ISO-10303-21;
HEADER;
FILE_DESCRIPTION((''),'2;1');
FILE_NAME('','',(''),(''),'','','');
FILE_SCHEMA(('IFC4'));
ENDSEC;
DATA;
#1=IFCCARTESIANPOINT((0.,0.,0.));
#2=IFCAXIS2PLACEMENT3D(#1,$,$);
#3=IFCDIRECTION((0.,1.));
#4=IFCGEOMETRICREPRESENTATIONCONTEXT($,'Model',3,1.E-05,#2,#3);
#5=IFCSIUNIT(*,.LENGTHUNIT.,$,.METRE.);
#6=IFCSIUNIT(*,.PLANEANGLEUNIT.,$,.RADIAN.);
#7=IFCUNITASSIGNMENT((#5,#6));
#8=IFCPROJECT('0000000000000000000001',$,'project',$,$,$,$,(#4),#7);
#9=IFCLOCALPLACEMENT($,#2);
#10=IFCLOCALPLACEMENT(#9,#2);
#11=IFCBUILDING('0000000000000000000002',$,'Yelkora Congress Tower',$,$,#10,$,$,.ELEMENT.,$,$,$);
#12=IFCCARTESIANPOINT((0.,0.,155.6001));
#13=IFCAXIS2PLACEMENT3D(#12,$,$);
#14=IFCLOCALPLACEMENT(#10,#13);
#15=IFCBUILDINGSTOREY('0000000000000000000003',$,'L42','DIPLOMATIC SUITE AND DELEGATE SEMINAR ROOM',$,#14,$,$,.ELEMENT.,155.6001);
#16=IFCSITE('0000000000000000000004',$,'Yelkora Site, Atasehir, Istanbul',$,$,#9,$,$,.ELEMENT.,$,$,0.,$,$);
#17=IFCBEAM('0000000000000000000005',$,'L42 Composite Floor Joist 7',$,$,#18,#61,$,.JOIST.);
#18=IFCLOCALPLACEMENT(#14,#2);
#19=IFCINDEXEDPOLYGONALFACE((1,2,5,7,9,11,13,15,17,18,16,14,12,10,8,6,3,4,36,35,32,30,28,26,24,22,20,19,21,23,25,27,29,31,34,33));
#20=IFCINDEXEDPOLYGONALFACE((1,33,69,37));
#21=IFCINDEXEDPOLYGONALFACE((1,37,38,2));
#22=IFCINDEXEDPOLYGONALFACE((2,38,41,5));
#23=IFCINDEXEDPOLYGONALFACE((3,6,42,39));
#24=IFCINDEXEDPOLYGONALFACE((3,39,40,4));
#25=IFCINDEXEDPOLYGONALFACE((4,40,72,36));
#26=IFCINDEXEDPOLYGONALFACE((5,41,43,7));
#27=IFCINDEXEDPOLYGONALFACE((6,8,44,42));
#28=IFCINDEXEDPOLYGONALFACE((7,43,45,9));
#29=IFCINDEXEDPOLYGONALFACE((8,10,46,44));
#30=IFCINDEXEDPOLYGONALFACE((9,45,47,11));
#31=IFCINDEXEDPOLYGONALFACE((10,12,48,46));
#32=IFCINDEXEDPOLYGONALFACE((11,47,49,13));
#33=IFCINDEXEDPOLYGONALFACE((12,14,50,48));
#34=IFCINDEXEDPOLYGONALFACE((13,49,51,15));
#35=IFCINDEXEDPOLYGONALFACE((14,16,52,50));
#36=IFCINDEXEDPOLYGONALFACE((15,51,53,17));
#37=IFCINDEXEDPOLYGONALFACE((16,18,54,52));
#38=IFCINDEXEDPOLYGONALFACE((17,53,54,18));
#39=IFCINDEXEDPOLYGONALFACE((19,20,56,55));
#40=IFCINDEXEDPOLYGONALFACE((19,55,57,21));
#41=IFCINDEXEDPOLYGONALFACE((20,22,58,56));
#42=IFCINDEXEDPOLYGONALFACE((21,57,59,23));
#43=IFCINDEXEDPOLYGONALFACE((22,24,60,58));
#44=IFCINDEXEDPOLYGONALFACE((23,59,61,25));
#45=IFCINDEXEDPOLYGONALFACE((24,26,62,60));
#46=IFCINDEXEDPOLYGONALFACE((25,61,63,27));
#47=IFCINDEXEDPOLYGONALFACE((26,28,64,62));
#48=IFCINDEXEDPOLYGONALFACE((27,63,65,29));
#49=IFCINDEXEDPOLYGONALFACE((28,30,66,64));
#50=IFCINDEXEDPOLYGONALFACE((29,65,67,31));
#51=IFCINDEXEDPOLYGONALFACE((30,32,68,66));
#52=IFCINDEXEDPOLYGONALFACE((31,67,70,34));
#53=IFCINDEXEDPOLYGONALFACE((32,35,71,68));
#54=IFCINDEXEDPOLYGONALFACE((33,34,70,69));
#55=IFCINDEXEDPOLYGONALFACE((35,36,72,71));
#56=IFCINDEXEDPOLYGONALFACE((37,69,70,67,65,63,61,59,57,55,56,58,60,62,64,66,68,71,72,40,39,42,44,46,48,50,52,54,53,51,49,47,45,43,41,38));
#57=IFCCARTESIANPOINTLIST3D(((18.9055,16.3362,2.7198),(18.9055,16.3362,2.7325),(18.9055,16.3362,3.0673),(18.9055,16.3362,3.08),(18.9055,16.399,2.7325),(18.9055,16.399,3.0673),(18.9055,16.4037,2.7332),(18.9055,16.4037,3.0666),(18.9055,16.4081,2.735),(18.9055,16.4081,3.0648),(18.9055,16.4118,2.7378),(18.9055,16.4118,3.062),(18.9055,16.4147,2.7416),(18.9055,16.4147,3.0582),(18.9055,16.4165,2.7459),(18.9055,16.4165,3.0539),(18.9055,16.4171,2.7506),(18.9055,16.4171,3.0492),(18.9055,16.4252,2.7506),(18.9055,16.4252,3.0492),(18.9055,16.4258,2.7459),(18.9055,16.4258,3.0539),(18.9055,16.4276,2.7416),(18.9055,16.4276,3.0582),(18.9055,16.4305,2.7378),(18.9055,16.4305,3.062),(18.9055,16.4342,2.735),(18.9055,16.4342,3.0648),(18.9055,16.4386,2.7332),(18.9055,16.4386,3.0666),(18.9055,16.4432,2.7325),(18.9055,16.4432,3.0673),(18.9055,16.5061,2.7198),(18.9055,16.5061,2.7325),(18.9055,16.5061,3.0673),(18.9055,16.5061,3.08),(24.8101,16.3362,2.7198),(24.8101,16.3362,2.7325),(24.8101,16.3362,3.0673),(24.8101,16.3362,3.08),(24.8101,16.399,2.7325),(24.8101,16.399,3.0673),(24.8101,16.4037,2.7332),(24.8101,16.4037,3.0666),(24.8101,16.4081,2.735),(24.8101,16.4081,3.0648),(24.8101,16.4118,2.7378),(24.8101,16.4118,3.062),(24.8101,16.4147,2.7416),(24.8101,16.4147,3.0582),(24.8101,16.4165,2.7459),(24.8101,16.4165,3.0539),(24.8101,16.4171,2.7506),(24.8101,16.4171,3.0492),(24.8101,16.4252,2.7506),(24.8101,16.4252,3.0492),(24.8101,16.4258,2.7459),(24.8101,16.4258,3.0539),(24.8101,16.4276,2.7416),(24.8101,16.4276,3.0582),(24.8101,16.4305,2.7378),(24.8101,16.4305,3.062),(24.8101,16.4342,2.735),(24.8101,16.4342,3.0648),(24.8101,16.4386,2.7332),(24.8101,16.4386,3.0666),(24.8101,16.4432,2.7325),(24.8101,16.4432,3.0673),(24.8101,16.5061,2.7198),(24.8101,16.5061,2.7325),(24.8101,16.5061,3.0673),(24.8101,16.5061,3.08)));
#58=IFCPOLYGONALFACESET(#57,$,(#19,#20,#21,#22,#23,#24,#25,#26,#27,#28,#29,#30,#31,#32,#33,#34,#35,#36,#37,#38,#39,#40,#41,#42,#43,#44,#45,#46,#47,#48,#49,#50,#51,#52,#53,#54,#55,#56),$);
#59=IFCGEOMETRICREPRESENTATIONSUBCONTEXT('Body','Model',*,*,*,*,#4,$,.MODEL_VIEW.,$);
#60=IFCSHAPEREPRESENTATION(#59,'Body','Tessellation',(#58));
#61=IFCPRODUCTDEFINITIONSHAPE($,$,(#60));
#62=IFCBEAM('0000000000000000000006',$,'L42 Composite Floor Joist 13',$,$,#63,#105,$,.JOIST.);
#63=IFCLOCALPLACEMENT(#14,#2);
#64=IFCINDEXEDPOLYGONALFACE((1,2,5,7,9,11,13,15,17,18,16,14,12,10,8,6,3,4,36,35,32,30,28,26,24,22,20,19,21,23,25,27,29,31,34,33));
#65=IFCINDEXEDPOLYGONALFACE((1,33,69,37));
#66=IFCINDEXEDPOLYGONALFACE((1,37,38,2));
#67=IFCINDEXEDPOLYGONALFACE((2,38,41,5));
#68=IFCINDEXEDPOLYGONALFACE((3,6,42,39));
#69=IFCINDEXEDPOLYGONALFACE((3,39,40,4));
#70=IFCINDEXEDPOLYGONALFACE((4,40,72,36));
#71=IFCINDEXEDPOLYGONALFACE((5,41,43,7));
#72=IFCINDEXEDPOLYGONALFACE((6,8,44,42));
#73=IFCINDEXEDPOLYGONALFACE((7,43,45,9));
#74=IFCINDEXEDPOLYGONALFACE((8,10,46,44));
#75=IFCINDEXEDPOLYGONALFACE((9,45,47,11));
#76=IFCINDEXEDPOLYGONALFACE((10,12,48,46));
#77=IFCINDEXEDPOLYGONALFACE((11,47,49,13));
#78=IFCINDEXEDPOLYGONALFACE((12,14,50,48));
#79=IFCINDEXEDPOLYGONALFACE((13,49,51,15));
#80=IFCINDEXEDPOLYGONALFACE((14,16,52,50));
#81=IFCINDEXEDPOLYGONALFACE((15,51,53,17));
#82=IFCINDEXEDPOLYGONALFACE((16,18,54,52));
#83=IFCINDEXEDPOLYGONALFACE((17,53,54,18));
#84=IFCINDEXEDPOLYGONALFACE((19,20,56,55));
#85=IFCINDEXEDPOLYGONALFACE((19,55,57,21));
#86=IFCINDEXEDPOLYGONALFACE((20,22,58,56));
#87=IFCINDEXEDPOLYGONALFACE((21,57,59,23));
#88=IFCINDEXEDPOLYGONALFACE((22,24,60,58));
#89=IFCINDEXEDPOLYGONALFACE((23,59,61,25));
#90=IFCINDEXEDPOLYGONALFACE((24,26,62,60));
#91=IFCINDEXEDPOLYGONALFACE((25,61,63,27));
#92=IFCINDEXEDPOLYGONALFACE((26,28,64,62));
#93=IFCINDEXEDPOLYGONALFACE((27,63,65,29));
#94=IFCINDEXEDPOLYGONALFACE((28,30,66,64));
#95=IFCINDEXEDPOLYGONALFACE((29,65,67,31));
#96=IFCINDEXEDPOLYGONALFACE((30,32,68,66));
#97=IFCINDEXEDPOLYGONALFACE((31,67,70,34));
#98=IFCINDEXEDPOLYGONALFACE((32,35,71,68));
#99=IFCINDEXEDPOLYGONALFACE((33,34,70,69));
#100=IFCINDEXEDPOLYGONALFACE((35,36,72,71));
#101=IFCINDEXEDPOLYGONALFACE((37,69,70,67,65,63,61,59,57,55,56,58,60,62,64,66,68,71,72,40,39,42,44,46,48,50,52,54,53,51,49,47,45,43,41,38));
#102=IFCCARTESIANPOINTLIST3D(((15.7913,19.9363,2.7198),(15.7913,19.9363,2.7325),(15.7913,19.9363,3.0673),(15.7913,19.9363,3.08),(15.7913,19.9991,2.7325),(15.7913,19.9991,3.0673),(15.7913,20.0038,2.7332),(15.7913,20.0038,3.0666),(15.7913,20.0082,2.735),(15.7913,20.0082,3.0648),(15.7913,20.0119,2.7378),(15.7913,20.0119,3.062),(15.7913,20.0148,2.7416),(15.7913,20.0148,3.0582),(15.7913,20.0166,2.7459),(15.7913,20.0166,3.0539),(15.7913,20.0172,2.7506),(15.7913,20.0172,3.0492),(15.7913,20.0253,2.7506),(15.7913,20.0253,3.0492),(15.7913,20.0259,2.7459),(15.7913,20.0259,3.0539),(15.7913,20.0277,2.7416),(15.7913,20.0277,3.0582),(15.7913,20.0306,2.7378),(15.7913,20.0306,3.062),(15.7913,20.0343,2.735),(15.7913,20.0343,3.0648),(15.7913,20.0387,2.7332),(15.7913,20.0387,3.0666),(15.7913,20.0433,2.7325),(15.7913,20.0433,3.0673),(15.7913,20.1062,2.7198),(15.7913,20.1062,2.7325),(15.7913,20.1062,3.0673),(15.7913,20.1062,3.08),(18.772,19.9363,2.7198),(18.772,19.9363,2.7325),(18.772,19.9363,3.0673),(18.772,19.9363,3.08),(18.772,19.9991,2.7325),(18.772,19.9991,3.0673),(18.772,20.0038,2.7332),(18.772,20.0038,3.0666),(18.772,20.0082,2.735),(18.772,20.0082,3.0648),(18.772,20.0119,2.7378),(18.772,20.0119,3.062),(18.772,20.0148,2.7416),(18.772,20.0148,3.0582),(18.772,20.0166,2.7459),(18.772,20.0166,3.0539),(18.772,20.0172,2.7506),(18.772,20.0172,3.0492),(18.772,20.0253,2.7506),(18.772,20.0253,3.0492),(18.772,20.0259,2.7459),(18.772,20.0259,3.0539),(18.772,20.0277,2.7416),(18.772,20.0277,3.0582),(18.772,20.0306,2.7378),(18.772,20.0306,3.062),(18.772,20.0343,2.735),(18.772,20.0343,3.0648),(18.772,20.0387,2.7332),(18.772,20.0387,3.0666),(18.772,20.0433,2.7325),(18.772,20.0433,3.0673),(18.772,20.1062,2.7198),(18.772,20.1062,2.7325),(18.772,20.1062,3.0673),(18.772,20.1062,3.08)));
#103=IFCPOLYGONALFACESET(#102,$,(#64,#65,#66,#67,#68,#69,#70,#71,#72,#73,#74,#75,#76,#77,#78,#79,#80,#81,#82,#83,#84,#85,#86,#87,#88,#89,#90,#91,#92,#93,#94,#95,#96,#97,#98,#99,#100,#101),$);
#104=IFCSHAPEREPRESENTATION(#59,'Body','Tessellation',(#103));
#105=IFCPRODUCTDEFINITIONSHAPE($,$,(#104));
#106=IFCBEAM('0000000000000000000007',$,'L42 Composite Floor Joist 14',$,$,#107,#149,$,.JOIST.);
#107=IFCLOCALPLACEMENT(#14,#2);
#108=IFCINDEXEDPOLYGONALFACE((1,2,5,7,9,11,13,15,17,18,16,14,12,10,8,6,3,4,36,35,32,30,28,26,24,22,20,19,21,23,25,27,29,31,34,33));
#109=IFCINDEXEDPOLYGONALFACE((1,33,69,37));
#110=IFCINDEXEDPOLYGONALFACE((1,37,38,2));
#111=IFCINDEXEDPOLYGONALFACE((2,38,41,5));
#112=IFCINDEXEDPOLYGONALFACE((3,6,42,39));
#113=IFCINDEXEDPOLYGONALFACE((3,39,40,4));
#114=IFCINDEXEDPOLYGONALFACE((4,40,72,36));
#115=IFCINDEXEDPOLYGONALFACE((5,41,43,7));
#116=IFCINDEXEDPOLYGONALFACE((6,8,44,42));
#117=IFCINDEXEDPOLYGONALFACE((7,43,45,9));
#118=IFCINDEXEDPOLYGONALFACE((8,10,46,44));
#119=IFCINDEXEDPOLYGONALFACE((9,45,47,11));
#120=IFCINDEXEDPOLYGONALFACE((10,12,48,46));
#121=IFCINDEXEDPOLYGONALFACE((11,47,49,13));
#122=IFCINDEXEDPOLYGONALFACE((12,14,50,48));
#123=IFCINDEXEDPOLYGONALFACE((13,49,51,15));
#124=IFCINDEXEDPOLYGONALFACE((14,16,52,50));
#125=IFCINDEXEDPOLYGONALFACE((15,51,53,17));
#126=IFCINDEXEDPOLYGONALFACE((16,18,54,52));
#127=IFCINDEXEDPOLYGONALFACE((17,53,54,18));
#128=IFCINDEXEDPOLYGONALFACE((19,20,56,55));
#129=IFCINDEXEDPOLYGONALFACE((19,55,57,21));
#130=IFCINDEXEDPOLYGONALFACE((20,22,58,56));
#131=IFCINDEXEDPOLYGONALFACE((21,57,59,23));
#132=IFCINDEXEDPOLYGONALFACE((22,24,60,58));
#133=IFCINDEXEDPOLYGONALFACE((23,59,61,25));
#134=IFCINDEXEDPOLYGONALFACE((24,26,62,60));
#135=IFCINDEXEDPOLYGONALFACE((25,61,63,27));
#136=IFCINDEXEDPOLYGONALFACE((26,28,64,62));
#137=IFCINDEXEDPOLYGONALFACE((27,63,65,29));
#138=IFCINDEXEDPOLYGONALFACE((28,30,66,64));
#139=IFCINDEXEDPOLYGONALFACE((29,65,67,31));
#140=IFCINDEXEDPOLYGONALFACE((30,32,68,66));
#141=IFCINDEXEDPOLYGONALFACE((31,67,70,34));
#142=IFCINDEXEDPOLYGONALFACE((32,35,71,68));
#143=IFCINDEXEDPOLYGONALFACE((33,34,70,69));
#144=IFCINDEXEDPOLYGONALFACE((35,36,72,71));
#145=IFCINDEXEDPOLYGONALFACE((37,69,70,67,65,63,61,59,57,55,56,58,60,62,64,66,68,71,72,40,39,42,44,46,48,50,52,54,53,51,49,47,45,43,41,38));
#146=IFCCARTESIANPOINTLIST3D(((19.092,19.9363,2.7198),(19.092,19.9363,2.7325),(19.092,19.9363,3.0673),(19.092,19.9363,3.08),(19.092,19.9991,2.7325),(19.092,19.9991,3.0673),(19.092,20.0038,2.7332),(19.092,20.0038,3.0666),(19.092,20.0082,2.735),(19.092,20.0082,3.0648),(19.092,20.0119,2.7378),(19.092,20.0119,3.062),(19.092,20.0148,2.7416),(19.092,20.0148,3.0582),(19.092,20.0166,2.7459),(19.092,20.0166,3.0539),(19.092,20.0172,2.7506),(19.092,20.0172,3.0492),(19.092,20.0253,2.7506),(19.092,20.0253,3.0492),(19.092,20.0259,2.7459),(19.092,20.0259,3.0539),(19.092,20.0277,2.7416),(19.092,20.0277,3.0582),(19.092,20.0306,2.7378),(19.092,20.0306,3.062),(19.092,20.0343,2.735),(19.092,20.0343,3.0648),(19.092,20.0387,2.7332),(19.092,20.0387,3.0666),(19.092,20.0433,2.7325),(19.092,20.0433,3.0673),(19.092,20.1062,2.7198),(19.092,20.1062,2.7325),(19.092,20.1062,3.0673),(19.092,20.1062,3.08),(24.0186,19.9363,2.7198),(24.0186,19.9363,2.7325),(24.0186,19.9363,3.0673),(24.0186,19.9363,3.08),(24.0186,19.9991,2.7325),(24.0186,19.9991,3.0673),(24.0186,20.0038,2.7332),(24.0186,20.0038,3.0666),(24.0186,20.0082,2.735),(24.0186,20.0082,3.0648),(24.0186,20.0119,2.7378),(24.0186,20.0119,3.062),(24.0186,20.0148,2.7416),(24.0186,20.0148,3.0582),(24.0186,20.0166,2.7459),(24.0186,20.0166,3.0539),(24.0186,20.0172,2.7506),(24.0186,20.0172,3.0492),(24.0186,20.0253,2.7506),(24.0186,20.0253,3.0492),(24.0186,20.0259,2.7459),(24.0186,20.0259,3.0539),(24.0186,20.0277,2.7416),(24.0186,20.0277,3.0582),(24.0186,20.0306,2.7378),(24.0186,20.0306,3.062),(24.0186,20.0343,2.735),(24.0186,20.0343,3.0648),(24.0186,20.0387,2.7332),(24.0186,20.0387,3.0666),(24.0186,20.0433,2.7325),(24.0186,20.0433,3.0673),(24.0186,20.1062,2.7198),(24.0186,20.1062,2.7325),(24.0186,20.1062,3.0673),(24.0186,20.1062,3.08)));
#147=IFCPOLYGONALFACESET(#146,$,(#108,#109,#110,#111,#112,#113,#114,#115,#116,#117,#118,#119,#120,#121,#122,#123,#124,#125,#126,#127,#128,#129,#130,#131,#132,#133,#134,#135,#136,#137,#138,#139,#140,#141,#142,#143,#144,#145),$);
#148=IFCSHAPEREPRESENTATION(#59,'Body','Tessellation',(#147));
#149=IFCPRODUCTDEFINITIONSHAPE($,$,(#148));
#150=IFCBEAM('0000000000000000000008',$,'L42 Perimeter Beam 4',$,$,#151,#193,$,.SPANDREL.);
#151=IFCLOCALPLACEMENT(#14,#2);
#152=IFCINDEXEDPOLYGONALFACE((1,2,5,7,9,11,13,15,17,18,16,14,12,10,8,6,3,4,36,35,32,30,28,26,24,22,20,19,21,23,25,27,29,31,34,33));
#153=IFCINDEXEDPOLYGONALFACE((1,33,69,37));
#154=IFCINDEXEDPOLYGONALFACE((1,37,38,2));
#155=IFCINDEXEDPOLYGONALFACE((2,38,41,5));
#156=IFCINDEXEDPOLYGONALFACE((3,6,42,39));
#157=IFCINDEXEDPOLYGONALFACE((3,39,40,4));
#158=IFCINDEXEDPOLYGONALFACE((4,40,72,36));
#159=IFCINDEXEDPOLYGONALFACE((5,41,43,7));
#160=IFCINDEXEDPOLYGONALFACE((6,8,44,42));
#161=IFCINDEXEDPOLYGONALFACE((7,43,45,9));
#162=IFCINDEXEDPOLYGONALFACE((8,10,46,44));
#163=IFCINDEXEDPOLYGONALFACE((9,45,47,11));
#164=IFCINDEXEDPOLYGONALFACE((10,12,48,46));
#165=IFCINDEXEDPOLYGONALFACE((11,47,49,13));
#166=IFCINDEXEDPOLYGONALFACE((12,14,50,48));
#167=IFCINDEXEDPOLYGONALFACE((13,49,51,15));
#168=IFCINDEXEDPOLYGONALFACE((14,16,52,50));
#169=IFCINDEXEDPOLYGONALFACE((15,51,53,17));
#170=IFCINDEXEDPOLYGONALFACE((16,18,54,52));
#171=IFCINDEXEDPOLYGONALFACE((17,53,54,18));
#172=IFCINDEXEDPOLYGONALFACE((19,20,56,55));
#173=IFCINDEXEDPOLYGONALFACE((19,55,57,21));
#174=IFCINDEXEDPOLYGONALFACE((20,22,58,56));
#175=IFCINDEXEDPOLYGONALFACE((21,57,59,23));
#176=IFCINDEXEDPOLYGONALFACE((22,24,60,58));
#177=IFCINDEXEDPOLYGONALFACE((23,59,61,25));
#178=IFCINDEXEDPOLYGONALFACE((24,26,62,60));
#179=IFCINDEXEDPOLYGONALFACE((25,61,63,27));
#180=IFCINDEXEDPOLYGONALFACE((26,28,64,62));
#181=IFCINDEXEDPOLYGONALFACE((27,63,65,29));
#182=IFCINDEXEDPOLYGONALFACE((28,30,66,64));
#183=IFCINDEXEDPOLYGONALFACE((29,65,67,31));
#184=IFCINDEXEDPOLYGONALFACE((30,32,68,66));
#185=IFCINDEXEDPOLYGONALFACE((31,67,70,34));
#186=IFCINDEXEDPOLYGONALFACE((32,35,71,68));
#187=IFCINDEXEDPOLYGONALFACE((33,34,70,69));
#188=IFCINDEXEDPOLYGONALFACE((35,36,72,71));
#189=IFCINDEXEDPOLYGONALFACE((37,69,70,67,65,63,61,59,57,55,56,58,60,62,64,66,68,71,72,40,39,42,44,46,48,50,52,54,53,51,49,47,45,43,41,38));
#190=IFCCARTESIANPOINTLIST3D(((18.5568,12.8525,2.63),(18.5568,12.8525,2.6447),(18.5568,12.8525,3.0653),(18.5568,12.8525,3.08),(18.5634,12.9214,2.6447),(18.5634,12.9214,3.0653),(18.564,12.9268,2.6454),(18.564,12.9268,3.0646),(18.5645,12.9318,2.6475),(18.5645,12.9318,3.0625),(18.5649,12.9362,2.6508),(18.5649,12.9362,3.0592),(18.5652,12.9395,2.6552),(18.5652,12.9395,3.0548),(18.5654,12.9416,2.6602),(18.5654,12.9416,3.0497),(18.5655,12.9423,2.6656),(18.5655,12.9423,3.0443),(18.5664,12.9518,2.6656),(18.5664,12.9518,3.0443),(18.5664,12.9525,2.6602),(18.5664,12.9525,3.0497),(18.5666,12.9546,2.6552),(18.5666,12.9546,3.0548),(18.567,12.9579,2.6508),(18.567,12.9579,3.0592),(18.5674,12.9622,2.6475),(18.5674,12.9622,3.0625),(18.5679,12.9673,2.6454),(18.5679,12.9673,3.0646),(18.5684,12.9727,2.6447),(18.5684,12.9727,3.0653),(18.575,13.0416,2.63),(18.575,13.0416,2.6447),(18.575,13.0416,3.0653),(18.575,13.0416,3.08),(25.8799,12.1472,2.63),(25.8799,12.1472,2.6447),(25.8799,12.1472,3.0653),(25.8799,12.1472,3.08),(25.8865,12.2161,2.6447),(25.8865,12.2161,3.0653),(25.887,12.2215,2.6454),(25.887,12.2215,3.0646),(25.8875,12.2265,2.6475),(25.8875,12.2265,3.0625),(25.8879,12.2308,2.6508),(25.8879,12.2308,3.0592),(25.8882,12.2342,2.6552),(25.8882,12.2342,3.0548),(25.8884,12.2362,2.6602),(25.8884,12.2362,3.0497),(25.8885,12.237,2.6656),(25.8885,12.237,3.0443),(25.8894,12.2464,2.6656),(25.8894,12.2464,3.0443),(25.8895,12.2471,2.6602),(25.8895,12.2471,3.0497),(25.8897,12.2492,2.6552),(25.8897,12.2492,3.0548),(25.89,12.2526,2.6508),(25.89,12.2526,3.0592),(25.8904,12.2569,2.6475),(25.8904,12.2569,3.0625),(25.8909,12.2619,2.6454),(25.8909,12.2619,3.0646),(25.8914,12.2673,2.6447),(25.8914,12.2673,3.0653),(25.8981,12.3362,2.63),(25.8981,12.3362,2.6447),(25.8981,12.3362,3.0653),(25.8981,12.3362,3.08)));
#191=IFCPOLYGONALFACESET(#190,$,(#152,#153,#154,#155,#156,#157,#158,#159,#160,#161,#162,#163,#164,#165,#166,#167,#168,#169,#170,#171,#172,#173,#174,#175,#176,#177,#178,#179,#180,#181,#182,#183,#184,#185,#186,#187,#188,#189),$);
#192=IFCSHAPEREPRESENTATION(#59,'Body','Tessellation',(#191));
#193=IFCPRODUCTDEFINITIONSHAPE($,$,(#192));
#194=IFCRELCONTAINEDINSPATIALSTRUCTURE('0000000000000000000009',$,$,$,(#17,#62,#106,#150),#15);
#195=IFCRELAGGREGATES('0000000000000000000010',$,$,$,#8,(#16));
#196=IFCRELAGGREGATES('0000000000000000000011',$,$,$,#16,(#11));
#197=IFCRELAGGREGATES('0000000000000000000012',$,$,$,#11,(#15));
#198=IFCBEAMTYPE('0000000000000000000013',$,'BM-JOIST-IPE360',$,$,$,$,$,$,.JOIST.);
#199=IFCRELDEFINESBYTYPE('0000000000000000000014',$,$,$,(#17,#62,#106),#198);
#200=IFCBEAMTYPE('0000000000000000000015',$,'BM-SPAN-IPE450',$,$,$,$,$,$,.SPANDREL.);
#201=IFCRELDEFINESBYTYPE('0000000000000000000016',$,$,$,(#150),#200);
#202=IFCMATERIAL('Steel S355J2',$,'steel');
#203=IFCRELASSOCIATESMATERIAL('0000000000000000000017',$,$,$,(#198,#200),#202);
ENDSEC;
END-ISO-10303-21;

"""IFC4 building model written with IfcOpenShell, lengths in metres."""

from ifc_helpers import new_model, si_unit, direction, frame, origin, origin_2d, place, context, subcontext, project, spatial, i_section, extrude, material, material_profile, profile_set, type_object, element, save


model = new_model("IFC4")

# Units and contexts
model_context = context("Model", 3, precision=1e-05, world=origin(), true_north=direction((0.0, 1.0)))
body_context = subcontext(model_context, "Body", "Model", "MODEL_VIEW")
ifc_project = project(units=[si_unit("LENGTHUNIT", "METRE"), si_unit("PLANEANGLEUNIT", "RADIAN")], contexts=[model_context])

# Site, building, storey
site_placement = place(None, origin())
site = spatial("IfcSite", under=ifc_project, at=site_placement, Name="Yelkora Site, Atasehir, Istanbul", CompositionType="ELEMENT", RefElevation=0.0)
building_placement = place(site_placement, origin())
building = spatial("IfcBuilding", under=site, at=building_placement, Name="Yelkora Congress Tower", CompositionType="ELEMENT")
storey_placement = place(building_placement, frame((0.0, 0.0, 155.6001)))
storey = spatial("IfcBuildingStorey", under=building, at=storey_placement, Name="L42", Description="DIPLOMATIC SUITE AND DELEGATE SEMINAR ROOM", CompositionType="ELEMENT", Elevation=155.6001)

# Beams
ifc_material_1 = material(Name="Steel S355J2", Category="steel")
ifc_material_profile_1 = material_profile(ifc_material_1, i_section(OverallWidth=0.1699, OverallDepth=0.3601, WebThickness=0.0081, FlangeThickness=0.0127, FilletRadius=0.0181, at=origin_2d()), Name="IPE 360")
ifc_profile_set_1 = profile_set([ifc_material_profile_1], Name="Steel S355J2")
beam_type_1 = type_object("IfcBeamType", Name="BM-JOIST-IPE360", PredefinedType="JOIST", material=ifc_profile_set_1)
beam_1_placement = place(storey_placement, frame((18.9055, 16.4211, 2.8999), z_axis=(1.0, 0.0, 0.0), x_axis=(0.0, 1.0, 0.0)))
element("IfcBeam", 1, at=beam_1_placement, inside=storey, type_object=beam_type_1, Name="L42 Composite Floor Joist 7", PredefinedType="JOIST", context=body_context, shape_type="SweptSolid", body=[
    extrude(i_section(OverallWidth=0.1699, OverallDepth=0.3601, WebThickness=0.0081, FlangeThickness=0.0127, FilletRadius=0.0181, at=origin_2d()), origin(), (0.0, 0.0, 1.0), 5.9045),
])
beam_2_placement = place(storey_placement, frame((15.7913, 20.0212, 2.8999), z_axis=(1.0, 0.0, 0.0), x_axis=(0.0, 1.0, 0.0)))
element("IfcBeam", 2, at=beam_2_placement, inside=storey, type_object=beam_type_1, Name="L42 Composite Floor Joist 13", PredefinedType="JOIST", context=body_context, shape_type="SweptSolid", body=[
    extrude(i_section(OverallWidth=0.1699, OverallDepth=0.3601, WebThickness=0.0081, FlangeThickness=0.0127, FilletRadius=0.0181, at=origin_2d()), origin(), (0.0, 0.0, 1.0), 2.9807),
])
beam_3_placement = place(storey_placement, frame((19.092, 20.0212, 2.8999), z_axis=(1.0, 0.0, 0.0), x_axis=(0.0, 1.0, 0.0)))
element("IfcBeam", 3, at=beam_3_placement, inside=storey, type_object=beam_type_1, Name="L42 Composite Floor Joist 14", PredefinedType="JOIST", context=body_context, shape_type="SweptSolid", body=[
    extrude(i_section(OverallWidth=0.1699, OverallDepth=0.3601, WebThickness=0.0081, FlangeThickness=0.0127, FilletRadius=0.0181, at=origin_2d()), origin(), (0.0, 0.0, 1.0), 4.9265),
])
ifc_material_profile_2 = material_profile(ifc_material_1, i_section(OverallWidth=0.1899, OverallDepth=0.45, WebThickness=0.0095, FlangeThickness=0.0146, FilletRadius=0.021, at=origin_2d()), Name="IPE 450")
ifc_profile_set_2 = profile_set([ifc_material_profile_2], Name="Steel S355J2")
beam_type_2 = type_object("IfcBeamType", Name="BM-SPAN-IPE450", PredefinedType="SPANDREL", material=ifc_profile_set_2)
beam_4_placement = place(storey_placement, frame((18.5659, 12.947, 2.855), z_axis=(0.995394, -0.095872, 0.0), x_axis=(0.095872, 0.995394, 0.0)))
element("IfcBeam", 4, at=beam_4_placement, inside=storey, type_object=beam_type_2, Name="L42 Perimeter Beam 4", PredefinedType="SPANDREL", context=body_context, shape_type="SweptSolid", body=[
    extrude(i_section(OverallWidth=0.1899, OverallDepth=0.45, WebThickness=0.0095, FlangeThickness=0.0146, FilletRadius=0.021, at=origin_2d()), origin(), (0.0, 0.0, 1.0), 7.3569),
])

save(model, "model.ifc")
